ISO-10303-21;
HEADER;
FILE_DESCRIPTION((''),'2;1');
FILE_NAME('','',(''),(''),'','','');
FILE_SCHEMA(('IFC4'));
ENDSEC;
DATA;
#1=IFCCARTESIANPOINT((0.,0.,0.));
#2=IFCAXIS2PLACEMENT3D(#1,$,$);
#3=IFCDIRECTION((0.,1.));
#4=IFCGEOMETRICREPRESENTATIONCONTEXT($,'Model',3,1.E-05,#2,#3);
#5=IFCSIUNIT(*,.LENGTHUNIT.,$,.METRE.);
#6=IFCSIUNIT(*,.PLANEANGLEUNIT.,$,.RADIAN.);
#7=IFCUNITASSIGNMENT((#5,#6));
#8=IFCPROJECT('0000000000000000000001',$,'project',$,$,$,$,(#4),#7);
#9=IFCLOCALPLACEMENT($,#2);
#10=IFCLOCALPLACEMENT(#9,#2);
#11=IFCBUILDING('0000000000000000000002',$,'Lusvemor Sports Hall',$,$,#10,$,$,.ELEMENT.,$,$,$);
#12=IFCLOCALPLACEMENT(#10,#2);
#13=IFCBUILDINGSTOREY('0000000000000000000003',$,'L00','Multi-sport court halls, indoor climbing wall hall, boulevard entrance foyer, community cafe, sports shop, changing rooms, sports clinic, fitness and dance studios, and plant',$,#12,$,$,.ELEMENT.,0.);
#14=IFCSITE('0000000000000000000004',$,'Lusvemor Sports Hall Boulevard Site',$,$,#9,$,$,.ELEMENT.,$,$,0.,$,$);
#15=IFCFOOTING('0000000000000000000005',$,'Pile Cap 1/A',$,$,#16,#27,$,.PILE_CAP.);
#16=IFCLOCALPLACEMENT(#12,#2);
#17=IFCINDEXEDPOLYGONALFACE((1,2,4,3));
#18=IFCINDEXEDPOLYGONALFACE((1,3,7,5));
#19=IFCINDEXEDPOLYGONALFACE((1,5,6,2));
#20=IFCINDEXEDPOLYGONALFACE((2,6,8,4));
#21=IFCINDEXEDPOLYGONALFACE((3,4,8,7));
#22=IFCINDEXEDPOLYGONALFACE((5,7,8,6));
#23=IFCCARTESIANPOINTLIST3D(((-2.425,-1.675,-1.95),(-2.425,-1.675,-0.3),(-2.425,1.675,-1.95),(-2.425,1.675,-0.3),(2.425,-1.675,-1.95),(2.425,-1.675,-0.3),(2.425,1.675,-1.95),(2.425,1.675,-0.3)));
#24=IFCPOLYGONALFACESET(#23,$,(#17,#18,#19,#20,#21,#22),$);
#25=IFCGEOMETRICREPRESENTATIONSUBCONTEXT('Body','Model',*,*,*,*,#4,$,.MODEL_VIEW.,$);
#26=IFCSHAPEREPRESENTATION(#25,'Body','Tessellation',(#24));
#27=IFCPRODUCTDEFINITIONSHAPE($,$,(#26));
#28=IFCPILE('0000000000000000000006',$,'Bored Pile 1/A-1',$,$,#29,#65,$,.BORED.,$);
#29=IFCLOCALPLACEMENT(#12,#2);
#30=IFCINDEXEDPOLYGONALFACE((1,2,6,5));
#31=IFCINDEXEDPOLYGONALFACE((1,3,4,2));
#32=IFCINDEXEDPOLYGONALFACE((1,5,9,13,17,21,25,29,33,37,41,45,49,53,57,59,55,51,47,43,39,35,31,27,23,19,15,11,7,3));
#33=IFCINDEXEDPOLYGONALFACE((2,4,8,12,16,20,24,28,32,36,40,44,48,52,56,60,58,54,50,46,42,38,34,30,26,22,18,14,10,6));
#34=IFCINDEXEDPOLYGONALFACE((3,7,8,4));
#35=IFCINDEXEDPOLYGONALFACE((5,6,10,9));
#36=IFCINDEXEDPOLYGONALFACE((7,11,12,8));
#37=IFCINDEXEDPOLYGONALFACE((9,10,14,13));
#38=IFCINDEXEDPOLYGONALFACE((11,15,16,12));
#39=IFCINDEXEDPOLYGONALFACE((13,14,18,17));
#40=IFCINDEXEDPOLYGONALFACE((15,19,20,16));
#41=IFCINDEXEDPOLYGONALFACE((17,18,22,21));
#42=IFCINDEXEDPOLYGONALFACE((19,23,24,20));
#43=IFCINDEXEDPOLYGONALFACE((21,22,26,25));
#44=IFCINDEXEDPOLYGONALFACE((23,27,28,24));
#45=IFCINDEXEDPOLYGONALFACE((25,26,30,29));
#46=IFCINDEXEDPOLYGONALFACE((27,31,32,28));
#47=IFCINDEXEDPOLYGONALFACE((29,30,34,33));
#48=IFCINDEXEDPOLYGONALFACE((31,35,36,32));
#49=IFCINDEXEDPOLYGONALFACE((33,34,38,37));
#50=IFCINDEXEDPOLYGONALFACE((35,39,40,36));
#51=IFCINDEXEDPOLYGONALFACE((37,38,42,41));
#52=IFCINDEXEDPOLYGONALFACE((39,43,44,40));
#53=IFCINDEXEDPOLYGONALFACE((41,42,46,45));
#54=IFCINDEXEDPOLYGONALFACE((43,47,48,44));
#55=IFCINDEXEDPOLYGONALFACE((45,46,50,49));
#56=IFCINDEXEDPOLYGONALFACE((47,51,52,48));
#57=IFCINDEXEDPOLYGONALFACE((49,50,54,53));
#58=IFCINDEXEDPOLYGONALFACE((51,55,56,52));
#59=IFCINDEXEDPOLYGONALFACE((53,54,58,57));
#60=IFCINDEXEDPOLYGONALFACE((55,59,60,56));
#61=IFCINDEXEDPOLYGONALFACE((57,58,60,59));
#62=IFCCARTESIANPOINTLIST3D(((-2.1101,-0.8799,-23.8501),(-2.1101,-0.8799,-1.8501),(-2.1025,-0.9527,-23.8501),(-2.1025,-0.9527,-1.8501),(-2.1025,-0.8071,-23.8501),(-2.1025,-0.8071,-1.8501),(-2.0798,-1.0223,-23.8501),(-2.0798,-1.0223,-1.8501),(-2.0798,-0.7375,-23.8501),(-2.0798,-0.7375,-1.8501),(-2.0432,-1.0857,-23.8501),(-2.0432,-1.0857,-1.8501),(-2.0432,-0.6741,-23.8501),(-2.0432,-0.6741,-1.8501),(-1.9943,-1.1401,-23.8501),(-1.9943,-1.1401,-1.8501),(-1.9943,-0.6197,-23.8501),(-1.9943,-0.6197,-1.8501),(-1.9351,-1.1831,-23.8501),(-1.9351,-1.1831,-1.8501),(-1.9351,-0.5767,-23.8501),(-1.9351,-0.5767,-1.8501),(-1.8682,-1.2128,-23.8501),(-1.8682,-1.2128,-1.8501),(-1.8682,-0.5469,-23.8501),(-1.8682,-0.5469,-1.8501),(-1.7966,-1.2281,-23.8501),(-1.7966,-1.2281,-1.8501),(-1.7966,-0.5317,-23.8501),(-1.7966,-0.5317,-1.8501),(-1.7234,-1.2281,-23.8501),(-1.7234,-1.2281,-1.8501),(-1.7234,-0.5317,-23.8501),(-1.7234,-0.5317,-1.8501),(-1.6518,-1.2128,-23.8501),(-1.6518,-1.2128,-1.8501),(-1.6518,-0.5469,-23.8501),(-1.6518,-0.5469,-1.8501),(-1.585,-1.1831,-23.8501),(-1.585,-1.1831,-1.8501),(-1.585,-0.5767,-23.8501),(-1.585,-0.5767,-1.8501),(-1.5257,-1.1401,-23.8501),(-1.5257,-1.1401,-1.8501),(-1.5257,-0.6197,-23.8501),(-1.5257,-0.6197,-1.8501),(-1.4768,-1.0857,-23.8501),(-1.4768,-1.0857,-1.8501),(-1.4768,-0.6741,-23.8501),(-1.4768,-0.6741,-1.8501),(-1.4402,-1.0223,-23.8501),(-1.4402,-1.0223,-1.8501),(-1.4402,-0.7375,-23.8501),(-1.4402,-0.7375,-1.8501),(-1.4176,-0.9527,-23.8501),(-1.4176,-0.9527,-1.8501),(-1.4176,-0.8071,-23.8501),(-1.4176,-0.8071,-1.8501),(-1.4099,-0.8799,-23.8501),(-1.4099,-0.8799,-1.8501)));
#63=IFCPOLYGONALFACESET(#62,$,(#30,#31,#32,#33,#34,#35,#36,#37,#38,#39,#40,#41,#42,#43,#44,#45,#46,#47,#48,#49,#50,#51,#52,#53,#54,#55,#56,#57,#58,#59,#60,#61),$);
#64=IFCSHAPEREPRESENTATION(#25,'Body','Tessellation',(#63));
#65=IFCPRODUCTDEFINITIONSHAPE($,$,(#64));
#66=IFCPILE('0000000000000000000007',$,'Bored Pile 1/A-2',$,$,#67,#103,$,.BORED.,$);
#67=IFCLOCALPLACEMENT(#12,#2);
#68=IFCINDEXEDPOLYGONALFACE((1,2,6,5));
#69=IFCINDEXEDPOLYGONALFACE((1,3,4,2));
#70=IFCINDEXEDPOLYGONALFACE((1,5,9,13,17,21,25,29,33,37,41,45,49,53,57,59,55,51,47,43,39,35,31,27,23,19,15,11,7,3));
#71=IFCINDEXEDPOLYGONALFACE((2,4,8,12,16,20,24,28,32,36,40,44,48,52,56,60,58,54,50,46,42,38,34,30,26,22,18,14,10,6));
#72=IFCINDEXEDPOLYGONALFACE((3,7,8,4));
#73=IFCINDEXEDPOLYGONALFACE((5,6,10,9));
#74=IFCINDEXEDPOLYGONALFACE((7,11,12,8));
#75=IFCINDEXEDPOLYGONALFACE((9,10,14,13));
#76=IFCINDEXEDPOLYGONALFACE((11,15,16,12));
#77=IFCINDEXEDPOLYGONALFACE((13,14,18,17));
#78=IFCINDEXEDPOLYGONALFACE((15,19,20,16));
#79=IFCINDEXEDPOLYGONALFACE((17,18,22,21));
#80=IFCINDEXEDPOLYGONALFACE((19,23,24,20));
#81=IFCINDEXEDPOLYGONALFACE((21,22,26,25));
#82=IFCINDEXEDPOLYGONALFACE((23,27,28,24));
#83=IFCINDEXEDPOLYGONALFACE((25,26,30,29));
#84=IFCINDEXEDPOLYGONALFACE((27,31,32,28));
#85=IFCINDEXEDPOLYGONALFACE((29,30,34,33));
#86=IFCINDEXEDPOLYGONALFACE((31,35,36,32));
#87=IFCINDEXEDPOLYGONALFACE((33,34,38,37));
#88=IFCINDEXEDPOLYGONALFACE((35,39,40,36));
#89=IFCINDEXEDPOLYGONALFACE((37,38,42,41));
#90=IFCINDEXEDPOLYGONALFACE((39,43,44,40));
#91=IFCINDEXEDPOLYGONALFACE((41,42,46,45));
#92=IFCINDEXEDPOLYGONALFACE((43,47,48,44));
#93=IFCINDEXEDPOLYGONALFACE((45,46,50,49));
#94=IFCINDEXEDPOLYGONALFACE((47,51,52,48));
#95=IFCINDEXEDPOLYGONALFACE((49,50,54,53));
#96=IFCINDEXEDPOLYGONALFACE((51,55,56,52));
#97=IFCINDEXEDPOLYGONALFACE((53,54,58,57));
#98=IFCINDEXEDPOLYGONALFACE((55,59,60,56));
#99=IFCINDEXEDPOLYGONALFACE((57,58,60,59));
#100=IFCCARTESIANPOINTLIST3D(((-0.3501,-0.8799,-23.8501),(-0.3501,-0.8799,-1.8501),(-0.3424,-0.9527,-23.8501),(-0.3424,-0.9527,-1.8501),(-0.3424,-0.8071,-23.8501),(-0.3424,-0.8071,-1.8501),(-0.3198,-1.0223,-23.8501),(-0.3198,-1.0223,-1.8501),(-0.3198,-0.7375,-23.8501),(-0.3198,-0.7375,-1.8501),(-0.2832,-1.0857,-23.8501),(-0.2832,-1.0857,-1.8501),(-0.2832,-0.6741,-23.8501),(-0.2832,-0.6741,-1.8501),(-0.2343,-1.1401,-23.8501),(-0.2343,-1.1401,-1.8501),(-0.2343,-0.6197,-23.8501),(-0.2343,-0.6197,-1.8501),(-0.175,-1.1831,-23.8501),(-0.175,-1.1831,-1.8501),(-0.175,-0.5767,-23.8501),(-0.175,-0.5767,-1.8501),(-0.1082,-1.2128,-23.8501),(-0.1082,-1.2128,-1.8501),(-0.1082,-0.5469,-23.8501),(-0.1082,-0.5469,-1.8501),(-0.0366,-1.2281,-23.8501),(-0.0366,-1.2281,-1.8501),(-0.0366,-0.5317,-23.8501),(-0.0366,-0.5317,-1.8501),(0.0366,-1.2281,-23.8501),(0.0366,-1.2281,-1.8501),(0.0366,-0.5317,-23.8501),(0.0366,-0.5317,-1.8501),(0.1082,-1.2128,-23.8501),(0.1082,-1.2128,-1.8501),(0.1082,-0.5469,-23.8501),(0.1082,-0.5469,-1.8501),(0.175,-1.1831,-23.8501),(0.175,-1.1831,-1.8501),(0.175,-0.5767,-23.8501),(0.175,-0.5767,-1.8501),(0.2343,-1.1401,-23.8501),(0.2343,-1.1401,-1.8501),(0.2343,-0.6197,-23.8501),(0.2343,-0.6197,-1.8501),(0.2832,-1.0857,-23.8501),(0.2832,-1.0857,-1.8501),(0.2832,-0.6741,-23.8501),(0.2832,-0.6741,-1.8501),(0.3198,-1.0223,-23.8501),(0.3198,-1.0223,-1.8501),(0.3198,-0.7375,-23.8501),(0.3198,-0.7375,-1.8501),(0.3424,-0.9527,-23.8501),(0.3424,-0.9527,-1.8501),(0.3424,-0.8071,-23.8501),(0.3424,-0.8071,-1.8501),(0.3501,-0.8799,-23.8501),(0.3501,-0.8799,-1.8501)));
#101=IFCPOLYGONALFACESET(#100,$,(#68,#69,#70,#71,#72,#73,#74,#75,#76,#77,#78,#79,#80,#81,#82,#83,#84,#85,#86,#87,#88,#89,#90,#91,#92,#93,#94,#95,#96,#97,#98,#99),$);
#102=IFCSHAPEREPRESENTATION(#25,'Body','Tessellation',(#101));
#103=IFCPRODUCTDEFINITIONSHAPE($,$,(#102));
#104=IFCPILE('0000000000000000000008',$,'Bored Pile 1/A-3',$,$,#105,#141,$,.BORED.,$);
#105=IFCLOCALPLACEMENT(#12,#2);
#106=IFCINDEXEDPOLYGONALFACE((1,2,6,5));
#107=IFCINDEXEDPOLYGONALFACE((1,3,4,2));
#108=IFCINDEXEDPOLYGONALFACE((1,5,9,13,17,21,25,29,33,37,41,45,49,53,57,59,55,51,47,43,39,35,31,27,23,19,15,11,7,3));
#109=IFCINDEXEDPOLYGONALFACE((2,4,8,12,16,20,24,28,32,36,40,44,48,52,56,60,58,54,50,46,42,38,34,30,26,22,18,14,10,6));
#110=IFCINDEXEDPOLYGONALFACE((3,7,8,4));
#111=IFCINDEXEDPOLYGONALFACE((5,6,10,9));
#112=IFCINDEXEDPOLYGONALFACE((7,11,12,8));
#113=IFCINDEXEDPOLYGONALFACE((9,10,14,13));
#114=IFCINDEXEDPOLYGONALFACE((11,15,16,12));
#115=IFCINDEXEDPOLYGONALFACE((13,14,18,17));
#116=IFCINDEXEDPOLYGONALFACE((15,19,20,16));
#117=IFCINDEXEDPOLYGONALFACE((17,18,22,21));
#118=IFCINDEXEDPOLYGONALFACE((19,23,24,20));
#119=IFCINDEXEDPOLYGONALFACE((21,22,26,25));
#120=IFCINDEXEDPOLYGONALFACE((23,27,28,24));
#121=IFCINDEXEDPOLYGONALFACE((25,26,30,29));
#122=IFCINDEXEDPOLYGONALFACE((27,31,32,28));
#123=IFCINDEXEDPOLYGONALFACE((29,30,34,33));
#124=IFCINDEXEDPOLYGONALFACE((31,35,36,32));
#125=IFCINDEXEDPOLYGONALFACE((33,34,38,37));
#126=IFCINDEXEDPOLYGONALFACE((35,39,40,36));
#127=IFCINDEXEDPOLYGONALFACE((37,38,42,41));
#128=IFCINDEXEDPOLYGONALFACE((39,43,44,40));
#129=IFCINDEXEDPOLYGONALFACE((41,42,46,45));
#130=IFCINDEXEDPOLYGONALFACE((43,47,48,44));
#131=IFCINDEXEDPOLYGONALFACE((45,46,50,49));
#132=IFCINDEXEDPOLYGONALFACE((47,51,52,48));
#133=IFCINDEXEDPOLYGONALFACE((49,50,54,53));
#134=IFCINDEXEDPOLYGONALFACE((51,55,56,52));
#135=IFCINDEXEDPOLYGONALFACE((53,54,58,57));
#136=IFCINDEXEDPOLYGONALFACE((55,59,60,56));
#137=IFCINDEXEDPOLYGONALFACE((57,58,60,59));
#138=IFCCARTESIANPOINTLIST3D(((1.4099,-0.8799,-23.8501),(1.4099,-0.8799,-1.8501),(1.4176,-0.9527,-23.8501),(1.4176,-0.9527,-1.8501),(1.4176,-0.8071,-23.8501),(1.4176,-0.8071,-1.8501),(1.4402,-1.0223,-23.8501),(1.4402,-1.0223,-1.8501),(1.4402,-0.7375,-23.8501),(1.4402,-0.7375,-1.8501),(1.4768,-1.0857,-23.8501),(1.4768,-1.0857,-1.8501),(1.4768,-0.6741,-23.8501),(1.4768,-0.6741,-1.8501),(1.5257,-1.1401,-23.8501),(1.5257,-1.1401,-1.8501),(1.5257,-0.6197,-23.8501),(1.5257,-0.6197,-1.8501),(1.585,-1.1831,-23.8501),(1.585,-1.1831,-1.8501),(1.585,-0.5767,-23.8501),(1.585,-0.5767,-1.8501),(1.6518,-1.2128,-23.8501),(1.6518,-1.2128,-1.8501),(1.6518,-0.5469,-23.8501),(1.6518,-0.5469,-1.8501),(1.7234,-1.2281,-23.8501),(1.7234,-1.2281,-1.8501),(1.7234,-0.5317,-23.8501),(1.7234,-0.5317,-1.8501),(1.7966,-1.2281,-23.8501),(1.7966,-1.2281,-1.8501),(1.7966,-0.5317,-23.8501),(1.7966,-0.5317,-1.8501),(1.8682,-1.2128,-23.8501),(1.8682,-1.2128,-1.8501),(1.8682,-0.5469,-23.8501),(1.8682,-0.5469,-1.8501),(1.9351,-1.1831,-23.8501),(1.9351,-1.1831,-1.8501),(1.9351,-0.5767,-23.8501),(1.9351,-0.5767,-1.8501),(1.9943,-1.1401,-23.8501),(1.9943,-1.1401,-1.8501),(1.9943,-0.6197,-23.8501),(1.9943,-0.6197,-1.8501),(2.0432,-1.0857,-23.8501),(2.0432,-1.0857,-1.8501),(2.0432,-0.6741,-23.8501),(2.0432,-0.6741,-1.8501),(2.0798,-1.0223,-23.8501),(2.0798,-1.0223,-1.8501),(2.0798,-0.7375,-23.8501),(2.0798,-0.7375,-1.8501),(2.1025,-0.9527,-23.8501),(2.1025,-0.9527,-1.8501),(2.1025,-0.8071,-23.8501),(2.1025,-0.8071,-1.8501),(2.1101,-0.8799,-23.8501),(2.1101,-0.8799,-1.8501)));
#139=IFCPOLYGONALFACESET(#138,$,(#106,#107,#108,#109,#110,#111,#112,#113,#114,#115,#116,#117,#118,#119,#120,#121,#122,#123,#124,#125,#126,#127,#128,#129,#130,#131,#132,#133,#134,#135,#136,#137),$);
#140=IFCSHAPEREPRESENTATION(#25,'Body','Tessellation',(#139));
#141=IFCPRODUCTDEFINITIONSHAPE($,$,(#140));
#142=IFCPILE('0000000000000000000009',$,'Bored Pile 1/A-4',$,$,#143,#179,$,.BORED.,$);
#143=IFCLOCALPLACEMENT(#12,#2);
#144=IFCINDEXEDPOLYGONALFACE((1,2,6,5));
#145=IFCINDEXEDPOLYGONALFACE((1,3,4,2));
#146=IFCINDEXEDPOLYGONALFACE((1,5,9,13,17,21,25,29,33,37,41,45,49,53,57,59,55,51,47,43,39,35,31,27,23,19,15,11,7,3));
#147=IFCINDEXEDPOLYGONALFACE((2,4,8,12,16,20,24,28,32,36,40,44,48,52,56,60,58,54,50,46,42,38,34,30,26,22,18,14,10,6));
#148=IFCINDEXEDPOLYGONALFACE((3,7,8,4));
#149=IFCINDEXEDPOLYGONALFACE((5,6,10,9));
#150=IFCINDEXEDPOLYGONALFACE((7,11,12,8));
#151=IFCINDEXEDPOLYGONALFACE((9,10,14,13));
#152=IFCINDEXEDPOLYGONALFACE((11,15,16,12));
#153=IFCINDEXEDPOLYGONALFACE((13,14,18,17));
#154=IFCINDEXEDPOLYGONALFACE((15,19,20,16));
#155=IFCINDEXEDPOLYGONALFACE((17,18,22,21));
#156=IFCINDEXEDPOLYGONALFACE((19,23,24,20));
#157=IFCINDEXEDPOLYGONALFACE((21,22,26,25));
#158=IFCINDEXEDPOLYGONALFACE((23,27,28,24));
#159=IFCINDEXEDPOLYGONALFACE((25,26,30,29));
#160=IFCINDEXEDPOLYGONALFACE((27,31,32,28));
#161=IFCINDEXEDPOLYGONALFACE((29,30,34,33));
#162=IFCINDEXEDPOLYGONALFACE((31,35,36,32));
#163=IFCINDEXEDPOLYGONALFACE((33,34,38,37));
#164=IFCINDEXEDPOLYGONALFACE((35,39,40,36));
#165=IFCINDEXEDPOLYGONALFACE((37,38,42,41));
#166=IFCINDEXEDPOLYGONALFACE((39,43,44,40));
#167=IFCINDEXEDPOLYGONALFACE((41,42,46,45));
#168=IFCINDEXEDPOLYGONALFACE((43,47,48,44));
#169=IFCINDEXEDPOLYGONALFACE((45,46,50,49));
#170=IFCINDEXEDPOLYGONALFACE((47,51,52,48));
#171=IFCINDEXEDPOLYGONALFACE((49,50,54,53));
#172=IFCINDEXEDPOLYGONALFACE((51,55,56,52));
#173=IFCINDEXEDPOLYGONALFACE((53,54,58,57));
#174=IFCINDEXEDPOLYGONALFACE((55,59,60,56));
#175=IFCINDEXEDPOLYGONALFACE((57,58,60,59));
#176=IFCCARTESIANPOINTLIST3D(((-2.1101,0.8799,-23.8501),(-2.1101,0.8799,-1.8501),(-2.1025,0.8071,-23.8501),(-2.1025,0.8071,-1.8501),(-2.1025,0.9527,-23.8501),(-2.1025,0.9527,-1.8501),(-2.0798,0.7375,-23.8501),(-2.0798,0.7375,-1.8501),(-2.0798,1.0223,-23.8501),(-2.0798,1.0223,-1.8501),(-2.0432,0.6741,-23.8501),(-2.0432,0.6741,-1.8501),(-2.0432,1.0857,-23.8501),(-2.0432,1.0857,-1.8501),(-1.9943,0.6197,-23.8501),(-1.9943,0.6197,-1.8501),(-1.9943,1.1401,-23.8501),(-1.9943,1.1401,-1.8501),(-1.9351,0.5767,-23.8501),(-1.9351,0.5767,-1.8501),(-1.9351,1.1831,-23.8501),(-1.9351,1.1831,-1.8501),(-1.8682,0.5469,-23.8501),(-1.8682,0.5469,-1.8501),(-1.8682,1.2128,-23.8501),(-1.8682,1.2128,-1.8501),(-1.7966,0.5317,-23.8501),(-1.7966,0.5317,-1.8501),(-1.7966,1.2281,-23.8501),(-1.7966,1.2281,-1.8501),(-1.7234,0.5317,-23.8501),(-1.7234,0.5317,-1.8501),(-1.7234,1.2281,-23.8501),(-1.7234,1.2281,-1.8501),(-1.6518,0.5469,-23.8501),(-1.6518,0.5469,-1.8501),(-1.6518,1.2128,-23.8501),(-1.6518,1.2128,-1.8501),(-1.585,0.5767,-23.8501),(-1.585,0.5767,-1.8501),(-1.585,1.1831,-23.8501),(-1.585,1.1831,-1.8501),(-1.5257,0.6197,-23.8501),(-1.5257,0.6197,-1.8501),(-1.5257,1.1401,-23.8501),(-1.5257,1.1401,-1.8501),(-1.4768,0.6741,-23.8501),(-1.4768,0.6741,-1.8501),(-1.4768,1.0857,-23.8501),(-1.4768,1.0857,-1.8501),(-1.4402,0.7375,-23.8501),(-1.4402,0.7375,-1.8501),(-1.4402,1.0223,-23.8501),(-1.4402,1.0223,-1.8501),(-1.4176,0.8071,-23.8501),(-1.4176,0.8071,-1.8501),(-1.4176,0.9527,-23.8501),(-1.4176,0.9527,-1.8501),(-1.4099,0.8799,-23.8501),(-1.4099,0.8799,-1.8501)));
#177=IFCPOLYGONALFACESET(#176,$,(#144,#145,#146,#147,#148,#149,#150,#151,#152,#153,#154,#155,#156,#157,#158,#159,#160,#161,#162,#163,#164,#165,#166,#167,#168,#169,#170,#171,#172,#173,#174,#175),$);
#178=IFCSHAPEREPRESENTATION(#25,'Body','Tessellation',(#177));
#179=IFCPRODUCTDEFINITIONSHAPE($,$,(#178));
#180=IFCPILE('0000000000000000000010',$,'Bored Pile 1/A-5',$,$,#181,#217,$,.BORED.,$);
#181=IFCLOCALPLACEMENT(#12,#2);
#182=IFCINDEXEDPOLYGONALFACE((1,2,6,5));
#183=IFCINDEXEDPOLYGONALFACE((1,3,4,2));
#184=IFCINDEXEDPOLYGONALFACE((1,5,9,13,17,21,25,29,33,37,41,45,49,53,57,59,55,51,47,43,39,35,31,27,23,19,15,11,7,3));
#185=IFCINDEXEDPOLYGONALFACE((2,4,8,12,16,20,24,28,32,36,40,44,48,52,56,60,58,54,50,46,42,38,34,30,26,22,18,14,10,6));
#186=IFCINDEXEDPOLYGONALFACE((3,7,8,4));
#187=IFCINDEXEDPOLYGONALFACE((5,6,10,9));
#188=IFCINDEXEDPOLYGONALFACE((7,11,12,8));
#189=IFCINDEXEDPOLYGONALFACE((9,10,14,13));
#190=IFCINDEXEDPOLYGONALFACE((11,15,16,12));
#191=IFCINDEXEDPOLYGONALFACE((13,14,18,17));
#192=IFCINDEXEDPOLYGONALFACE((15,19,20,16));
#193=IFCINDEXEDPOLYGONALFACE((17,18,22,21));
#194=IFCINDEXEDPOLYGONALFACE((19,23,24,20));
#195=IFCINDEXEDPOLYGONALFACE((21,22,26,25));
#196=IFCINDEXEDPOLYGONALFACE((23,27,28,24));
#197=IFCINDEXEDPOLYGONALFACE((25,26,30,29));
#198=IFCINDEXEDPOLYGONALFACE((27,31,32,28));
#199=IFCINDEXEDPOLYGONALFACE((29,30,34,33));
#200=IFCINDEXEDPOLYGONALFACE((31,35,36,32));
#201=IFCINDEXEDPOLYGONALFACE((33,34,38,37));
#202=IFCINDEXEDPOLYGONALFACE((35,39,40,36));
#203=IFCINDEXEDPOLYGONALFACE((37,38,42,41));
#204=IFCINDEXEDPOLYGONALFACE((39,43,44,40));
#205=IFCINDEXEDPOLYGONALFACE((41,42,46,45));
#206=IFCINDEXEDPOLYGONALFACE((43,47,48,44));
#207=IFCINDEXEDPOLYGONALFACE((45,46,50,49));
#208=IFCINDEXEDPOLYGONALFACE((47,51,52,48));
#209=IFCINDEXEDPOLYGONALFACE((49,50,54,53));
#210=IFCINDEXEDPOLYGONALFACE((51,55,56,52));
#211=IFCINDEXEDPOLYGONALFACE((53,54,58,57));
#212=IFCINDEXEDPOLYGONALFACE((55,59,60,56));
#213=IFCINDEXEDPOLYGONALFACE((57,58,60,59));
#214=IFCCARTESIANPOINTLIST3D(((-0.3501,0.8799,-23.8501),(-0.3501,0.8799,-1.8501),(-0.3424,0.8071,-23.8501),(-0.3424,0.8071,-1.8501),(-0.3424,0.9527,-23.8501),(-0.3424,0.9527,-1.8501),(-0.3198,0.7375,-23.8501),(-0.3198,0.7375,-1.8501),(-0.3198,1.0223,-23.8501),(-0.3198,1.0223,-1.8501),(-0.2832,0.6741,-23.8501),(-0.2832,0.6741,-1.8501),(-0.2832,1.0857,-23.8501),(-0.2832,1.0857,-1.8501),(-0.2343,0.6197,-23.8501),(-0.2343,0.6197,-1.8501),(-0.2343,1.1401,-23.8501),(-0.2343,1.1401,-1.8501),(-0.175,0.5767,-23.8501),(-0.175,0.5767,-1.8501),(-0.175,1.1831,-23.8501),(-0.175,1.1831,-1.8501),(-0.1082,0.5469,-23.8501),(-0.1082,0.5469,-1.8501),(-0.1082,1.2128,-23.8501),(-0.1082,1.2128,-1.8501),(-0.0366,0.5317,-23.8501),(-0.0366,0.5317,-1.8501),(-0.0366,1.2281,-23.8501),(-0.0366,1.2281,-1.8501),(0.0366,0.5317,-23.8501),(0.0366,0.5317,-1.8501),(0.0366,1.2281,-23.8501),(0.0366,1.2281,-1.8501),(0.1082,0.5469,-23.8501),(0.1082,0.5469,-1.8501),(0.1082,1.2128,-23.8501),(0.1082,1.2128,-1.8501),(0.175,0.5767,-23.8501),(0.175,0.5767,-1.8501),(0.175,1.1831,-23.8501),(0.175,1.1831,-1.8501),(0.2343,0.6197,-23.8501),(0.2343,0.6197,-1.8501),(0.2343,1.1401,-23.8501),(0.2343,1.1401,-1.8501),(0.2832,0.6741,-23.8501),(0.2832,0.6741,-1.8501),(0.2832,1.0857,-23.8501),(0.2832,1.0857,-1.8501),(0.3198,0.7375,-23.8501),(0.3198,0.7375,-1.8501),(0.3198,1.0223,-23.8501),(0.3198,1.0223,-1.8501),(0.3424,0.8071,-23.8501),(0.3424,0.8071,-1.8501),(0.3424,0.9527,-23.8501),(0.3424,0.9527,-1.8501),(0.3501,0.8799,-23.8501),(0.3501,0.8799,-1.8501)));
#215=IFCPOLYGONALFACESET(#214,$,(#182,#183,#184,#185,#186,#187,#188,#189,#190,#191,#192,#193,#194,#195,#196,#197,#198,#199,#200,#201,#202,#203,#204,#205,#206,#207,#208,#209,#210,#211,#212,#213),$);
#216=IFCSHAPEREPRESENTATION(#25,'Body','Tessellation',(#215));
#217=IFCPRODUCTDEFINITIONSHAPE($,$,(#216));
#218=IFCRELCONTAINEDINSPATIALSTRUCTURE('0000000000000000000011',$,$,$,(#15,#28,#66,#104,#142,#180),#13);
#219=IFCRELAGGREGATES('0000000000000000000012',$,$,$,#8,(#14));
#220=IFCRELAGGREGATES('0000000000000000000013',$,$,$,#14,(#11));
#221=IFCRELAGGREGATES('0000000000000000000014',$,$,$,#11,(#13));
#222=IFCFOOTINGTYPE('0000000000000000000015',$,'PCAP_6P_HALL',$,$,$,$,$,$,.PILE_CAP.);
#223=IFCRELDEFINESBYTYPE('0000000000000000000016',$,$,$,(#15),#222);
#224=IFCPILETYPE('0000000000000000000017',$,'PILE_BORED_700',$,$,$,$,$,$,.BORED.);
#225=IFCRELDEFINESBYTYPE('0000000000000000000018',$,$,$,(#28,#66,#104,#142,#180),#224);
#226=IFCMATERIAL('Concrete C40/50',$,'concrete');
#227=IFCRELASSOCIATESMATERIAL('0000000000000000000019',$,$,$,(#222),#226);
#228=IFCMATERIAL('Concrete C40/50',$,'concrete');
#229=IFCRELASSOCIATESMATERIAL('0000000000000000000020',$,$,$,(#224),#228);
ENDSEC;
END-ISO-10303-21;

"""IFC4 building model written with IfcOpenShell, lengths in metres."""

from ifc_helpers import new_model, si_unit, direction, frame, origin, origin_2d, place, context, subcontext, project, spatial, rectangle, circle, extrude, material, material_profile, profile_set, type_object, element, save


model = new_model("IFC4")

# Units and contexts
model_context = context("Model", 3, precision=1e-05, world=origin(), true_north=direction((0.0, 1.0)))
body_context = subcontext(model_context, "Body", "Model", "MODEL_VIEW")
ifc_project = project(units=[si_unit("LENGTHUNIT", "METRE"), si_unit("PLANEANGLEUNIT", "RADIAN")], contexts=[model_context])

# Site, building, storey
site_placement = place(None, origin())
site = spatial("IfcSite", under=ifc_project, at=site_placement, Name="Lusvemor Sports Hall Boulevard Site", CompositionType="ELEMENT", RefElevation=0.0)
building_placement = place(site_placement, origin())
building = spatial("IfcBuilding", under=site, at=building_placement, Name="Lusvemor Sports Hall", CompositionType="ELEMENT")
storey_placement = place(building_placement, origin())
storey = spatial("IfcBuildingStorey", under=building, at=storey_placement, Name="L00", Description="Multi-sport court halls, indoor climbing wall hall, boulevard entrance foyer, community cafe, sports shop, changing rooms, sports clinic, fitness and dance studios, and plant", CompositionType="ELEMENT", Elevation=0.0)

# Footing
ifc_material_1 = material(Name="Concrete C40/50", Category="concrete")
footing_type = type_object("IfcFootingType", Name="PCAP_6P_HALL", PredefinedType="PILE_CAP", material=ifc_material_1)
footing_placement = place(storey_placement, frame((0.0, 0.0, -1.95), z_axis=(0.0, 0.0, 1.0), x_axis=(1.0, 0.0, 0.0)))
element("IfcFooting", 1, at=footing_placement, inside=storey, type_object=footing_type, Name="Pile Cap 1/A", PredefinedType="PILE_CAP", context=body_context, shape_type="SweptSolid", body=[
    extrude(rectangle(XDim=4.8501, YDim=3.3501, at=origin_2d()), origin(), (0.0, 0.0, 1.0), 1.6499),
])

# Piles
ifc_material_2 = material(Name="Concrete C40/50", Category="concrete")
ifc_material_profile_1 = material_profile(ifc_material_2, circle(Radius=0.3501, at=origin_2d()), Name="PILE700")
ifc_profile_set_1 = profile_set([ifc_material_profile_1], Name="Concrete C40/50")
pile_type = type_object("IfcPileType", Name="PILE_BORED_700", PredefinedType="BORED", material=ifc_profile_set_1)
for number, where, z_axis, x_axis, name in (
    (2, (-1.76, -0.8799, -1.8501), (0.0, 0.0, -1.0), (1.0, 0.0, 0.0), "Bored Pile 1/A-1"),
    (3, (0.0, -0.8799, -1.8501), (0.0, 0.0, -1.0), (1.0, 0.0, 0.0), "Bored Pile 1/A-2"),
    (4, (1.76, -0.8799, -1.8501), (0.0, 0.0, -1.0), (1.0, 0.0, 0.0), "Bored Pile 1/A-3"),
    (5, (-1.76, 0.8799, -1.8501), (0.0, 0.0, -1.0), (1.0, 0.0, 0.0), "Bored Pile 1/A-4"),
    (6, (0.0, 0.8799, -1.8501), (0.0, 0.0, -1.0), (1.0, 0.0, 0.0), "Bored Pile 1/A-5"),
):
    element("IfcPile", number, at=place(storey_placement, frame(where, z_axis=z_axis, x_axis=x_axis)), inside=storey, type_object=pile_type, Name=name, PredefinedType="BORED", context=body_context, shape_type="SweptSolid", body=[
        extrude(circle(Radius=0.3501, at=origin_2d()), origin(), (0.0, 0.0, 1.0), 22.0),
    ])

save(model, "model.ifc")
